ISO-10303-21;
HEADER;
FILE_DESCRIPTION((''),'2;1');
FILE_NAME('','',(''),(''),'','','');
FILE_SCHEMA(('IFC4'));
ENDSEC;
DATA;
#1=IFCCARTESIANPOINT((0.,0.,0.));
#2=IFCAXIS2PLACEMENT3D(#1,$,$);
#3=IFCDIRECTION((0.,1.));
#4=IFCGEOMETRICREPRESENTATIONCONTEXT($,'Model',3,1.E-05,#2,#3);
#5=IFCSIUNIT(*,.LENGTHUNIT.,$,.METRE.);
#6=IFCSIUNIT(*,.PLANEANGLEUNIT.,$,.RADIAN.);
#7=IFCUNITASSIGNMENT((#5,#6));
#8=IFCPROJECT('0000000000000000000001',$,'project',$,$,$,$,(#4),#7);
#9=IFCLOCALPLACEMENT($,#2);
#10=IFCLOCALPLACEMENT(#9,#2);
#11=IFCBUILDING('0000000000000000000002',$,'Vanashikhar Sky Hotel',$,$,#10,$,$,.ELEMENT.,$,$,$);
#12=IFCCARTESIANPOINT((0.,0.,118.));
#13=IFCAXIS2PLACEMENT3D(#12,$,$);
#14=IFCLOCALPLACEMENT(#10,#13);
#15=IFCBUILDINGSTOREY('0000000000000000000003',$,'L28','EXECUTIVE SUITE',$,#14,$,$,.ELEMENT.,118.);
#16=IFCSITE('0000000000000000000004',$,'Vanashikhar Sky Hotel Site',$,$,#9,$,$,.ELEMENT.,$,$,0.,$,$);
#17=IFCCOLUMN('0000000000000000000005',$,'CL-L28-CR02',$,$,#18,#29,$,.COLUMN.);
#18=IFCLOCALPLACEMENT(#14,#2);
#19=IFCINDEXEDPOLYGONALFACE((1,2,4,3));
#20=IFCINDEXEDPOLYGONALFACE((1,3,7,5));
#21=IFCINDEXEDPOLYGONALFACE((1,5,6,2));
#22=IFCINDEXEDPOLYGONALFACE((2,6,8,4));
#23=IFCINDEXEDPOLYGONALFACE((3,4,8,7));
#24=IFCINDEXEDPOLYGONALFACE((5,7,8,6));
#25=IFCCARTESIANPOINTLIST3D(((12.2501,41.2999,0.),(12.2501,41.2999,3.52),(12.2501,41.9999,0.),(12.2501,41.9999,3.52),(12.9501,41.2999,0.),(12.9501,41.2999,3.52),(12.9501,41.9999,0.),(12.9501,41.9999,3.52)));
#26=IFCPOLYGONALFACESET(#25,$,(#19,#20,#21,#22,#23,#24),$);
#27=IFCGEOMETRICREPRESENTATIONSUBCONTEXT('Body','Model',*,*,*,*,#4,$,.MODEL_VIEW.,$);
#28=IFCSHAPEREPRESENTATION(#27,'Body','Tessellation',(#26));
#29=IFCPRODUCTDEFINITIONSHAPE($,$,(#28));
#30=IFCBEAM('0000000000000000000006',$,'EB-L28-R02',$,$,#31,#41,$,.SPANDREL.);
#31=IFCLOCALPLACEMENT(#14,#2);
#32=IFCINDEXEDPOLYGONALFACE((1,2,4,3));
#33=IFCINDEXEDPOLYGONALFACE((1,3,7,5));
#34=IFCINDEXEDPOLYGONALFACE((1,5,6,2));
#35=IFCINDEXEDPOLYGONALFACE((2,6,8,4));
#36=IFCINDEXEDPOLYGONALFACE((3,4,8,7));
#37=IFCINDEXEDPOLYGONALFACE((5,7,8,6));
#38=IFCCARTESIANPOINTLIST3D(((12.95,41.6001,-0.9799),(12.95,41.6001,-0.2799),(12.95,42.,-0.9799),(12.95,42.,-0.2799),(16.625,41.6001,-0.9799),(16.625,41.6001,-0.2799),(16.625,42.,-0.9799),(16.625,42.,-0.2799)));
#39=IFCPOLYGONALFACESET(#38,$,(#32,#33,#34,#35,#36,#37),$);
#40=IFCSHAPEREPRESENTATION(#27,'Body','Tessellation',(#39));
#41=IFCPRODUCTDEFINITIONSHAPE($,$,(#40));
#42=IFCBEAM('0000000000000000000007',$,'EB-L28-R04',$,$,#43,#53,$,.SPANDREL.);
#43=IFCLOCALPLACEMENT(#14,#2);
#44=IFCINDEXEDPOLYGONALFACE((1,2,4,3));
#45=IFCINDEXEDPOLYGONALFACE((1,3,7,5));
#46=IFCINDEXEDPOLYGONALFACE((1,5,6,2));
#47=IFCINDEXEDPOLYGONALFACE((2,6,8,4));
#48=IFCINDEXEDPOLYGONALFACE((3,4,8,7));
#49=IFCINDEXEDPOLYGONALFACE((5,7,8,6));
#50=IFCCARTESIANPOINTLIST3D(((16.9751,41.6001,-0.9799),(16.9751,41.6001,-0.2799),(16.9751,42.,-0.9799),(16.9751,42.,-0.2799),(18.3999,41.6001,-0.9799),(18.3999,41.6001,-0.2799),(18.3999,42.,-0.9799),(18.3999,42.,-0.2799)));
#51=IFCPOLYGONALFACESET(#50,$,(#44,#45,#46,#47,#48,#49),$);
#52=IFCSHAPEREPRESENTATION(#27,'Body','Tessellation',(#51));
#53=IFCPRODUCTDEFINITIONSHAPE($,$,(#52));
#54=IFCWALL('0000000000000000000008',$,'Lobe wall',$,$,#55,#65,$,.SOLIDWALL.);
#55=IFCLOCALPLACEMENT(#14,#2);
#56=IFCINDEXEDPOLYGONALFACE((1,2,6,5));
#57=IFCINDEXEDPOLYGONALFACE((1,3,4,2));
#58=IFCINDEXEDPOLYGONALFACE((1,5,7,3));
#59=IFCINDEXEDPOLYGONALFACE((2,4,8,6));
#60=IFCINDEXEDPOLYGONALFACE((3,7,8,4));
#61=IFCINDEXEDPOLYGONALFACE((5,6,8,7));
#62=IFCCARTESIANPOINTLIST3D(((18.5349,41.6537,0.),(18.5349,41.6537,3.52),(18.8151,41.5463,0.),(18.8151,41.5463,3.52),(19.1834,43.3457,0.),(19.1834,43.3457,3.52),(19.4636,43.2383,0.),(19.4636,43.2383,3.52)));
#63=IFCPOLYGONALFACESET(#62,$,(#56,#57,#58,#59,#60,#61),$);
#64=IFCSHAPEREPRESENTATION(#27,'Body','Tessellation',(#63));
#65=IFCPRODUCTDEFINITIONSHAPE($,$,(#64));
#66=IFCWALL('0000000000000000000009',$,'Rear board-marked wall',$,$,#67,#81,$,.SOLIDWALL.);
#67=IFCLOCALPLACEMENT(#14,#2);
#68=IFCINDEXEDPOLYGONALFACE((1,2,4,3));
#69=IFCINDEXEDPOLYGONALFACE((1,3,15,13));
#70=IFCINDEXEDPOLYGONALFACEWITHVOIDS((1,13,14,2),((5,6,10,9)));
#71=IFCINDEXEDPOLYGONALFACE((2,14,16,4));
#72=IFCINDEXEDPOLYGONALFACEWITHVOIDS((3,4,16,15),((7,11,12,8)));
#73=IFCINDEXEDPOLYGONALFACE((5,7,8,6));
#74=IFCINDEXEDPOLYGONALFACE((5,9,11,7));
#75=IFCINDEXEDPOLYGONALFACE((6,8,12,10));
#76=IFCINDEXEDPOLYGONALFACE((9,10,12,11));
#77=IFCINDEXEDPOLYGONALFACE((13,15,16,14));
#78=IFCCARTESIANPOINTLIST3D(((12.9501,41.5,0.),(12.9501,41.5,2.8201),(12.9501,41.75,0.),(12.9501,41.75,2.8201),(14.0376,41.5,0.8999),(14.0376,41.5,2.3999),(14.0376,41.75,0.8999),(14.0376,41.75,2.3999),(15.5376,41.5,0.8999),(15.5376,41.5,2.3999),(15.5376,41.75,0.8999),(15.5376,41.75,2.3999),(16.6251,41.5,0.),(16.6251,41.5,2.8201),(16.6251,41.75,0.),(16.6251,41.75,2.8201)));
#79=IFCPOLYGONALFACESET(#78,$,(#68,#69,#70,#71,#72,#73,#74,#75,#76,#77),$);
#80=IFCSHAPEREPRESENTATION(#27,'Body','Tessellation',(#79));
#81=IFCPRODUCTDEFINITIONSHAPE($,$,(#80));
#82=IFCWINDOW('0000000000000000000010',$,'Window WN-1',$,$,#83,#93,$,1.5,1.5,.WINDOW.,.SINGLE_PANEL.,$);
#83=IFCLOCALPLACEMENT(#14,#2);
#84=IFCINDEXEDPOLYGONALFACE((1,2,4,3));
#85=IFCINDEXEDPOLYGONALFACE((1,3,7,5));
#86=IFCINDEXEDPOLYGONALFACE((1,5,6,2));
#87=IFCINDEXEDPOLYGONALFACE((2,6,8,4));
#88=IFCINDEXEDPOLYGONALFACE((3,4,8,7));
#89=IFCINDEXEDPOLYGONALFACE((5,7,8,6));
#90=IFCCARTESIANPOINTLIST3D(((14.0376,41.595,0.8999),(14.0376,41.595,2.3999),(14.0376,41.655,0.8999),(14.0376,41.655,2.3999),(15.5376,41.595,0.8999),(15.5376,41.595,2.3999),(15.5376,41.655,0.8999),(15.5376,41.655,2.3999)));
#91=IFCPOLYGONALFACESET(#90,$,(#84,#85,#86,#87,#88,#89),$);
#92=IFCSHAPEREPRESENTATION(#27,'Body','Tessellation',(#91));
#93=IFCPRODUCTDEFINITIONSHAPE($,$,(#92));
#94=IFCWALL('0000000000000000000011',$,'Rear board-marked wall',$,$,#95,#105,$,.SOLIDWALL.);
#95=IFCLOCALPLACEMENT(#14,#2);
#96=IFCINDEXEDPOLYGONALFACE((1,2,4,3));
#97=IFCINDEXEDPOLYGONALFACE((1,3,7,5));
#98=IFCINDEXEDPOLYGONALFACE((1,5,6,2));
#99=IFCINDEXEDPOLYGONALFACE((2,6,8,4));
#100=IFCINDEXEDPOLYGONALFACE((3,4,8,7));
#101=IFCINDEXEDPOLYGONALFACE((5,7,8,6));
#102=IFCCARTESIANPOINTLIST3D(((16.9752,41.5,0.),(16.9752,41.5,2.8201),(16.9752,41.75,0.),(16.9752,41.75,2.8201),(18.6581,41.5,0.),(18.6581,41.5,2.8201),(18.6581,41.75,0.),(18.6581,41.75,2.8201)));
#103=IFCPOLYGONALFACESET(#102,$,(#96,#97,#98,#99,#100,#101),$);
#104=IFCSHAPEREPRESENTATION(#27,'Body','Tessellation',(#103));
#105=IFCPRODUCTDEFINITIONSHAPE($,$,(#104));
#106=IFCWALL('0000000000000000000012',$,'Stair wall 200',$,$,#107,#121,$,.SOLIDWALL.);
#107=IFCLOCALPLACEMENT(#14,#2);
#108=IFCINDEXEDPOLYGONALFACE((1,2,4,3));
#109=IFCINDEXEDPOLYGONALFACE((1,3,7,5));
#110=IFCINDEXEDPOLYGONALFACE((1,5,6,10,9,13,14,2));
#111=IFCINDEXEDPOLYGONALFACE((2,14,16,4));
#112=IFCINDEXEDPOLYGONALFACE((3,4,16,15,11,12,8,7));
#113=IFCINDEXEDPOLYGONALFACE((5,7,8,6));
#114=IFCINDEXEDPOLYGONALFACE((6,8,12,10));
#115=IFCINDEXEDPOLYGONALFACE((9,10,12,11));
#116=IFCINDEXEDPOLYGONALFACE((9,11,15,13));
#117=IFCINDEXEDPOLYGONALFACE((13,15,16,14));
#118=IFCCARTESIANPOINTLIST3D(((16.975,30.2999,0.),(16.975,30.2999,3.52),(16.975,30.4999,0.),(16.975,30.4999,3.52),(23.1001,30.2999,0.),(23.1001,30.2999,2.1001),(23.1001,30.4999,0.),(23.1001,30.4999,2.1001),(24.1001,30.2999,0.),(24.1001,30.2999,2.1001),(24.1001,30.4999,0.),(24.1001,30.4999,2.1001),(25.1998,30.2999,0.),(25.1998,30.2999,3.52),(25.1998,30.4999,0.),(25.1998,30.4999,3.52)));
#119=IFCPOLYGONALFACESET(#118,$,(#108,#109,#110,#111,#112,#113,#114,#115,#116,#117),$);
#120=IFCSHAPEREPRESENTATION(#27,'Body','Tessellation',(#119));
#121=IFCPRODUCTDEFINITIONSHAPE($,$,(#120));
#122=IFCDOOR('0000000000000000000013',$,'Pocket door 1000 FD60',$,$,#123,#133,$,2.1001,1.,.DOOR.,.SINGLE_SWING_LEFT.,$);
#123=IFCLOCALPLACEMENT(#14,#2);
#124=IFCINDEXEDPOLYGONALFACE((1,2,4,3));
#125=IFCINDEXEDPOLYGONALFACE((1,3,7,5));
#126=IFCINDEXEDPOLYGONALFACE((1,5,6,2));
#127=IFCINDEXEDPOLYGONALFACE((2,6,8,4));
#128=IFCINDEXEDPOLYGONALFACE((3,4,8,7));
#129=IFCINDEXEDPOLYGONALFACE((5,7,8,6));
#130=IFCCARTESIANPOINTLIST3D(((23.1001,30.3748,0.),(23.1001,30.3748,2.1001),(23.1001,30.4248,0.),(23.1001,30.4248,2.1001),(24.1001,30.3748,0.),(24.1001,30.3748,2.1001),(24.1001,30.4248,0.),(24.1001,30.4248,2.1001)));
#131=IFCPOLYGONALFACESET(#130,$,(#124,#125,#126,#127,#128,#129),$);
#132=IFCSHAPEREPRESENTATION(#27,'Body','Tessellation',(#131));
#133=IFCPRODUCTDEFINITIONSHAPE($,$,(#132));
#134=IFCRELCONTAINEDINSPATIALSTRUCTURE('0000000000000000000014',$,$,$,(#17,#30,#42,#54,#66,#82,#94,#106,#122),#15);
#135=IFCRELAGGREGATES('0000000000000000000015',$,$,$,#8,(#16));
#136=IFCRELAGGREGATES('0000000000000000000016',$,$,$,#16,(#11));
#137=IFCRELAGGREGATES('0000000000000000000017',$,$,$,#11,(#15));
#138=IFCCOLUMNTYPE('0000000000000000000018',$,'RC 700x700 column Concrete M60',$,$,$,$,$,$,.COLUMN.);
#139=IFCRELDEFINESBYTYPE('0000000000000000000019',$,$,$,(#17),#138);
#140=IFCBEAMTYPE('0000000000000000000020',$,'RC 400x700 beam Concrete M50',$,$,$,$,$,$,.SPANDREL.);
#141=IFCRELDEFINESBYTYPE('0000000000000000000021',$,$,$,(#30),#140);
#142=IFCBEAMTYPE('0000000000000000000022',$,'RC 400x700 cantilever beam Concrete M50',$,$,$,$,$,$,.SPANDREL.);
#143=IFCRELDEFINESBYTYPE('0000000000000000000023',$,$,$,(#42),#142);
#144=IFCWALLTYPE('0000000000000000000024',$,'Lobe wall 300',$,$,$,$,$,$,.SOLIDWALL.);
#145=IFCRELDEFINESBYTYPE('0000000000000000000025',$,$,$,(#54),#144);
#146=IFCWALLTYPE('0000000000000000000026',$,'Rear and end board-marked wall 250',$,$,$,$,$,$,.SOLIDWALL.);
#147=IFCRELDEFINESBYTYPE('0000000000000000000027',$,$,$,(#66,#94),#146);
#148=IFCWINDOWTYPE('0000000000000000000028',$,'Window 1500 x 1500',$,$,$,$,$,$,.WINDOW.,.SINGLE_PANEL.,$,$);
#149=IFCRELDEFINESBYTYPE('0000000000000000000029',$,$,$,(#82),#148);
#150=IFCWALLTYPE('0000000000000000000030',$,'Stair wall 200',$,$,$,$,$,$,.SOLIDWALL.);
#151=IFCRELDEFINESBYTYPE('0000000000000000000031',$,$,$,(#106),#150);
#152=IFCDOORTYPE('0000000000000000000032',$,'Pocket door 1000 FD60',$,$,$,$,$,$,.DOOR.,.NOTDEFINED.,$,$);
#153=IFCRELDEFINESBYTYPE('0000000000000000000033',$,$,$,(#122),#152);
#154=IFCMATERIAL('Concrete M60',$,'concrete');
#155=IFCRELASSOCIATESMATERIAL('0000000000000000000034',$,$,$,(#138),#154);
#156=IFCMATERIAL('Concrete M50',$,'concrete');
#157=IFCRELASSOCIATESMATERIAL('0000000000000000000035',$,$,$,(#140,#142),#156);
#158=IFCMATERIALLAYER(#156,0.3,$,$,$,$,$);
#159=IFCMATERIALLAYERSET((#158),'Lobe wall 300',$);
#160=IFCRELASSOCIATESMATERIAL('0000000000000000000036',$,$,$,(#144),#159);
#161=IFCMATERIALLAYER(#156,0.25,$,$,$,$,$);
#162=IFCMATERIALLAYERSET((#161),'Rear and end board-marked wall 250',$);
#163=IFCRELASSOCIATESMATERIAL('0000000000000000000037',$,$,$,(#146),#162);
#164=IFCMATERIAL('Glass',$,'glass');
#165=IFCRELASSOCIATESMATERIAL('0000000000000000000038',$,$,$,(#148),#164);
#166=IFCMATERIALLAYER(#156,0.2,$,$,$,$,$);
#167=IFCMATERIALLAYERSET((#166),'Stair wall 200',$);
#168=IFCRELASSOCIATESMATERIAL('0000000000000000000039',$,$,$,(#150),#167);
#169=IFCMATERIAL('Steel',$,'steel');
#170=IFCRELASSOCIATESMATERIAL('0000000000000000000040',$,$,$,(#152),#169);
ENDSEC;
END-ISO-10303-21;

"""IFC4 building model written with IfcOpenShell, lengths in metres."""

from ifc_helpers import new_model, si_unit, direction, frame, frame_2d, origin, origin_2d, place, context, subcontext, project, spatial, rectangle, extrude, source, transform, mapped, material, layer, layer_set, material_profile, profile_set, type_object, element, fill, save


model = new_model("IFC4")

# Units and contexts
model_context = context("Model", 3, precision=1e-05, world=origin(), true_north=direction((0.0, 1.0)))
body_context = subcontext(model_context, "Body", "Model", "MODEL_VIEW")
ifc_project = project(units=[si_unit("LENGTHUNIT", "METRE"), si_unit("PLANEANGLEUNIT", "RADIAN")], contexts=[model_context])

# Site, building, storey
site_placement = place(None, origin())
site = spatial("IfcSite", under=ifc_project, at=site_placement, Name="Vanashikhar Sky Hotel Site", CompositionType="ELEMENT", RefElevation=0.0)
building_placement = place(site_placement, origin())
building = spatial("IfcBuilding", under=site, at=building_placement, Name="Vanashikhar Sky Hotel", CompositionType="ELEMENT")
storey_placement = place(building_placement, frame((0.0, 0.0, 118.0)))
storey = spatial("IfcBuildingStorey", under=building, at=storey_placement, Name="L28", Description="EXECUTIVE SUITE", CompositionType="ELEMENT", Elevation=118.0)

# Column
ifc_material_1 = material(Name="Concrete M60", Category="concrete")
ifc_material_profile_1 = material_profile(ifc_material_1, rectangle(XDim=0.7, YDim=0.7, at=origin_2d()))
ifc_profile_set_1 = profile_set([ifc_material_profile_1], Name="RC 700x700 column Concrete M60")
column_type = type_object("IfcColumnType", Name="RC 700x700 column Concrete M60", PredefinedType="COLUMN", material=ifc_profile_set_1)
shared_shape_1 = source(origin(), body_context, "Body", "SweptSolid", [
    extrude(rectangle(XDim=0.7, YDim=0.7, at=origin_2d()), origin(), (0.0, 0.0, 1.0), 3.52),
])
column_placement = place(storey_placement, frame((12.6001, 41.6499, 0.0), z_axis=(0.0, 0.0, 1.0), x_axis=(1.0, 0.0, 0.0)))
element("IfcColumn", 1, at=column_placement, inside=storey, type_object=column_type, Name="CL-L28-CR02", PredefinedType="COLUMN", context=body_context, shape_type="MappedRepresentation", body=[
    mapped(shared_shape_1, transform((0.0, 0.0, 0.0), scale=1.0)),
])

# Beams
ifc_material_2 = material(Name="Concrete M50", Category="concrete")
ifc_material_profile_2 = material_profile(ifc_material_2, rectangle(XDim=0.3999, YDim=0.7, at=origin_2d()))
ifc_profile_set_2 = profile_set([ifc_material_profile_2], Name="RC 400x700 beam Concrete M50")
beam_type_1 = type_object("IfcBeamType", Name="RC 400x700 beam Concrete M50", PredefinedType="SPANDREL", material=ifc_profile_set_2)
shared_shape_2 = source(origin(), body_context, "Body", "SweptSolid", [
    extrude(rectangle(XDim=0.3999, YDim=0.7, at=origin_2d()), origin(), (0.0, 0.0, 1.0), 3.675),
])
beam_1_placement = place(storey_placement, frame((12.95, 41.8, -0.6299), z_axis=(1.0, 0.0, 0.0), x_axis=(0.0, 1.0, 0.0)))
element("IfcBeam", 2, at=beam_1_placement, inside=storey, type_object=beam_type_1, Name="EB-L28-R02", PredefinedType="SPANDREL", context=body_context, shape_type="MappedRepresentation", body=[
    mapped(shared_shape_2, transform((0.0, 0.0, 0.0), scale=1.0)),
])
ifc_material_profile_3 = material_profile(ifc_material_2, rectangle(XDim=0.3999, YDim=0.7, at=origin_2d()))
ifc_profile_set_3 = profile_set([ifc_material_profile_3], Name="RC 400x700 cantilever beam Concrete M50")
beam_type_2 = type_object("IfcBeamType", Name="RC 400x700 cantilever beam Concrete M50", PredefinedType="SPANDREL", material=ifc_profile_set_3)
shared_shape_3 = source(origin(), body_context, "Body", "SweptSolid", [
    extrude(rectangle(XDim=0.3999, YDim=0.7, at=origin_2d()), origin(), (0.0, 0.0, 1.0), 1.4248),
])
beam_2_placement = place(storey_placement, frame((16.9751, 41.8, -0.6299), z_axis=(1.0, 0.0, 0.0), x_axis=(0.0, 1.0, 0.0)))
element("IfcBeam", 3, at=beam_2_placement, inside=storey, type_object=beam_type_2, Name="EB-L28-R04", PredefinedType="SPANDREL", context=body_context, shape_type="MappedRepresentation", body=[
    mapped(shared_shape_3, transform((0.0, 0.0, 0.0), scale=1.0)),
])

# Wall
ifc_layer_1 = layer(ifc_material_2, 0.3)
ifc_layer_set_1 = layer_set([ifc_layer_1], Name="Lobe wall 300")
wall_type_1 = type_object("IfcWallType", Name="Lobe wall 300", PredefinedType="SOLIDWALL", material=ifc_layer_set_1)
shared_shape_4 = source(origin(), body_context, "Body", "SweptSolid", [
    extrude(rectangle(XDim=1.812, YDim=0.3, at=frame_2d((0.906, 0.0))), origin(), (0.0, 0.0, 1.0), 3.52),
])
wall_1_placement = place(storey_placement, frame((19.3235, 43.292, 0.0), z_axis=(0.0, 0.0, 1.0), x_axis=(-0.357877, -0.933769, 0.0)))
element("IfcWall", 4, at=wall_1_placement, inside=storey, type_object=wall_type_1, Name="Lobe wall", PredefinedType="SOLIDWALL", context=body_context, shape_type="MappedRepresentation", body=[
    mapped(shared_shape_4, transform((0.0, 0.0, 0.0), scale=1.0)),
])

# Wall, opening, window
ifc_layer_2 = layer(ifc_material_2, 0.25)
ifc_layer_set_2 = layer_set([ifc_layer_2], Name="Rear and end board-marked wall 250")
wall_type_2 = type_object("IfcWallType", Name="Rear and end board-marked wall 250", PredefinedType="SOLIDWALL", material=ifc_layer_set_2)
shared_shape_5 = source(origin(), body_context, "Body", "SweptSolid", [
    extrude(rectangle(XDim=3.675, YDim=0.25, at=frame_2d((1.8374, 0.0))), origin(), (0.0, 0.0, 1.0), 2.8201),
])
wall_2_placement = place(storey_placement, frame((16.625, 41.625, 0.0), z_axis=(0.0, 0.0, 1.0), x_axis=(-1.0, 0.0, 0.0)))
wall_2 = element("IfcWall", 5, at=wall_2_placement, inside=storey, type_object=wall_type_2, Name="Rear board-marked wall", PredefinedType="SOLIDWALL", context=body_context, shape_type="MappedRepresentation", body=[
    mapped(shared_shape_5, transform((0.0, 0.0, 0.0), scale=1.0)),
])
shared_shape_6 = source(origin(), body_context, "Body", "SweptSolid", [
    extrude(rectangle(XDim=1.5, YDim=1.5, at=frame_2d((0.75, 0.75))), frame((0.0, 0.135, 0.0), z_axis=(0.0, -1.0, 0.0), x_axis=(1.0, 0.0, 0.0)), (0.0, 0.0, 1.0), 0.27),
])
opening_1_placement = place(wall_2_placement, frame((1.0874, 0.0, 0.8999)))
opening_1 = element("IfcOpeningElement", 6, at=opening_1_placement, cuts=wall_2, PredefinedType="OPENING", context=body_context, shape_type="MappedRepresentation", body=[
    mapped(shared_shape_6, transform((0.0, 0.0, 0.0), scale=1.0)),
])
ifc_material_3 = material(Name="Glass", Category="glass")
window_type = type_object("IfcWindowType", Name="Window 1500 x 1500", PartitioningType="SINGLE_PANEL", PredefinedType="WINDOW", material=ifc_material_3)
shared_shape_7 = source(origin(), body_context, "Body", "SweptSolid", [
    extrude(rectangle(XDim=1.5, YDim=1.5, at=frame_2d((0.75, 0.75))), frame((0.0, 0.03, 0.0), z_axis=(0.0, -1.0, 0.0), x_axis=(1.0, 0.0, 0.0)), (0.0, 0.0, 1.0), 0.0601),
])
window_placement = place(opening_1_placement, origin())
window = element("IfcWindow", 7, at=window_placement, inside=storey, type_object=window_type, Name="Window WN-1", OverallHeight=1.5, OverallWidth=1.5, PartitioningType="SINGLE_PANEL", PredefinedType="WINDOW", context=body_context, shape_type="MappedRepresentation", body=[
    mapped(shared_shape_7, transform((0.0, 0.0, 0.0), scale=1.0)),
])
fill(opening_1, window)

# Wall
shared_shape_8 = source(origin(), body_context, "Body", "SweptSolid", [
    extrude(rectangle(XDim=1.6829, YDim=0.25, at=frame_2d((0.8413, 0.0))), origin(), (0.0, 0.0, 1.0), 2.8201),
])
wall_3_placement = place(storey_placement, frame((18.658, 41.625, 0.0), z_axis=(0.0, 0.0, 1.0), x_axis=(-1.0, 0.0, 0.0)))
element("IfcWall", 8, at=wall_3_placement, inside=storey, type_object=wall_type_2, Name="Rear board-marked wall", PredefinedType="SOLIDWALL", context=body_context, shape_type="MappedRepresentation", body=[
    mapped(shared_shape_8, transform((0.0, 0.0, 0.0), scale=1.0)),
])

# Wall, opening, door
ifc_layer_3 = layer(ifc_material_2, 0.2)
ifc_layer_set_3 = layer_set([ifc_layer_3], Name="Stair wall 200")
wall_type_3 = type_object("IfcWallType", Name="Stair wall 200", PredefinedType="SOLIDWALL", material=ifc_layer_set_3)
shared_shape_9 = source(origin(), body_context, "Body", "SweptSolid", [
    extrude(rectangle(XDim=8.2249, YDim=0.2, at=frame_2d((4.1123, 0.0))), origin(), (0.0, 0.0, 1.0), 3.52),
])
wall_4_placement = place(storey_placement, frame((16.9751, 30.3999, 0.0), z_axis=(0.0, 0.0, 1.0), x_axis=(1.0, 0.0, 0.0)))
wall_4 = element("IfcWall", 9, at=wall_4_placement, inside=storey, type_object=wall_type_3, Name="Stair wall 200", PredefinedType="SOLIDWALL", context=body_context, shape_type="MappedRepresentation", body=[
    mapped(shared_shape_9, transform((0.0, 0.0, 0.0), scale=1.0)),
])
shared_shape_10 = source(origin(), body_context, "Body", "SweptSolid", [
    extrude(rectangle(XDim=1.0, YDim=2.1001, at=frame_2d((0.5, 1.05))), frame((0.0, 0.1099, 0.0), z_axis=(0.0, -1.0, 0.0), x_axis=(1.0, 0.0, 0.0)), (0.0, 0.0, 1.0), 0.22),
])
opening_2_placement = place(wall_4_placement, frame((6.125, 0.0, 0.0)))
opening_2 = element("IfcOpeningElement", 10, at=opening_2_placement, cuts=wall_4, PredefinedType="OPENING", context=body_context, shape_type="MappedRepresentation", body=[
    mapped(shared_shape_10, transform((0.0, 0.0, 0.0), scale=1.0)),
])
ifc_material_4 = material(Name="Steel", Category="steel")
door_type_1 = type_object("IfcDoorType", Name="Pocket door 1000 FD60", OperationType="NOTDEFINED", PredefinedType="DOOR", material=ifc_material_4)
shared_shape_11 = source(origin(), body_context, "Body", "SweptSolid", [
    extrude(rectangle(XDim=1.0, YDim=2.1001, at=frame_2d((0.5, 1.05))), frame((0.0, 0.0249, 0.0), z_axis=(0.0, -1.0, 0.0), x_axis=(1.0, 0.0, 0.0)), (0.0, 0.0, 1.0), 0.05),
])
door_1_placement = place(opening_2_placement, origin())
door_1 = element("IfcDoor", 11, at=door_1_placement, inside=storey, type_object=door_type_1, Name="Pocket door 1000 FD60", OperationType="SINGLE_SWING_LEFT", OverallHeight=2.1001, OverallWidth=1.0, PredefinedType="DOOR", context=body_context, shape_type="MappedRepresentation", body=[
    mapped(shared_shape_11, transform((0.0, 0.0, 0.0), scale=1.0)),
])
fill(opening_2, door_1)

save(model, "model.ifc")
